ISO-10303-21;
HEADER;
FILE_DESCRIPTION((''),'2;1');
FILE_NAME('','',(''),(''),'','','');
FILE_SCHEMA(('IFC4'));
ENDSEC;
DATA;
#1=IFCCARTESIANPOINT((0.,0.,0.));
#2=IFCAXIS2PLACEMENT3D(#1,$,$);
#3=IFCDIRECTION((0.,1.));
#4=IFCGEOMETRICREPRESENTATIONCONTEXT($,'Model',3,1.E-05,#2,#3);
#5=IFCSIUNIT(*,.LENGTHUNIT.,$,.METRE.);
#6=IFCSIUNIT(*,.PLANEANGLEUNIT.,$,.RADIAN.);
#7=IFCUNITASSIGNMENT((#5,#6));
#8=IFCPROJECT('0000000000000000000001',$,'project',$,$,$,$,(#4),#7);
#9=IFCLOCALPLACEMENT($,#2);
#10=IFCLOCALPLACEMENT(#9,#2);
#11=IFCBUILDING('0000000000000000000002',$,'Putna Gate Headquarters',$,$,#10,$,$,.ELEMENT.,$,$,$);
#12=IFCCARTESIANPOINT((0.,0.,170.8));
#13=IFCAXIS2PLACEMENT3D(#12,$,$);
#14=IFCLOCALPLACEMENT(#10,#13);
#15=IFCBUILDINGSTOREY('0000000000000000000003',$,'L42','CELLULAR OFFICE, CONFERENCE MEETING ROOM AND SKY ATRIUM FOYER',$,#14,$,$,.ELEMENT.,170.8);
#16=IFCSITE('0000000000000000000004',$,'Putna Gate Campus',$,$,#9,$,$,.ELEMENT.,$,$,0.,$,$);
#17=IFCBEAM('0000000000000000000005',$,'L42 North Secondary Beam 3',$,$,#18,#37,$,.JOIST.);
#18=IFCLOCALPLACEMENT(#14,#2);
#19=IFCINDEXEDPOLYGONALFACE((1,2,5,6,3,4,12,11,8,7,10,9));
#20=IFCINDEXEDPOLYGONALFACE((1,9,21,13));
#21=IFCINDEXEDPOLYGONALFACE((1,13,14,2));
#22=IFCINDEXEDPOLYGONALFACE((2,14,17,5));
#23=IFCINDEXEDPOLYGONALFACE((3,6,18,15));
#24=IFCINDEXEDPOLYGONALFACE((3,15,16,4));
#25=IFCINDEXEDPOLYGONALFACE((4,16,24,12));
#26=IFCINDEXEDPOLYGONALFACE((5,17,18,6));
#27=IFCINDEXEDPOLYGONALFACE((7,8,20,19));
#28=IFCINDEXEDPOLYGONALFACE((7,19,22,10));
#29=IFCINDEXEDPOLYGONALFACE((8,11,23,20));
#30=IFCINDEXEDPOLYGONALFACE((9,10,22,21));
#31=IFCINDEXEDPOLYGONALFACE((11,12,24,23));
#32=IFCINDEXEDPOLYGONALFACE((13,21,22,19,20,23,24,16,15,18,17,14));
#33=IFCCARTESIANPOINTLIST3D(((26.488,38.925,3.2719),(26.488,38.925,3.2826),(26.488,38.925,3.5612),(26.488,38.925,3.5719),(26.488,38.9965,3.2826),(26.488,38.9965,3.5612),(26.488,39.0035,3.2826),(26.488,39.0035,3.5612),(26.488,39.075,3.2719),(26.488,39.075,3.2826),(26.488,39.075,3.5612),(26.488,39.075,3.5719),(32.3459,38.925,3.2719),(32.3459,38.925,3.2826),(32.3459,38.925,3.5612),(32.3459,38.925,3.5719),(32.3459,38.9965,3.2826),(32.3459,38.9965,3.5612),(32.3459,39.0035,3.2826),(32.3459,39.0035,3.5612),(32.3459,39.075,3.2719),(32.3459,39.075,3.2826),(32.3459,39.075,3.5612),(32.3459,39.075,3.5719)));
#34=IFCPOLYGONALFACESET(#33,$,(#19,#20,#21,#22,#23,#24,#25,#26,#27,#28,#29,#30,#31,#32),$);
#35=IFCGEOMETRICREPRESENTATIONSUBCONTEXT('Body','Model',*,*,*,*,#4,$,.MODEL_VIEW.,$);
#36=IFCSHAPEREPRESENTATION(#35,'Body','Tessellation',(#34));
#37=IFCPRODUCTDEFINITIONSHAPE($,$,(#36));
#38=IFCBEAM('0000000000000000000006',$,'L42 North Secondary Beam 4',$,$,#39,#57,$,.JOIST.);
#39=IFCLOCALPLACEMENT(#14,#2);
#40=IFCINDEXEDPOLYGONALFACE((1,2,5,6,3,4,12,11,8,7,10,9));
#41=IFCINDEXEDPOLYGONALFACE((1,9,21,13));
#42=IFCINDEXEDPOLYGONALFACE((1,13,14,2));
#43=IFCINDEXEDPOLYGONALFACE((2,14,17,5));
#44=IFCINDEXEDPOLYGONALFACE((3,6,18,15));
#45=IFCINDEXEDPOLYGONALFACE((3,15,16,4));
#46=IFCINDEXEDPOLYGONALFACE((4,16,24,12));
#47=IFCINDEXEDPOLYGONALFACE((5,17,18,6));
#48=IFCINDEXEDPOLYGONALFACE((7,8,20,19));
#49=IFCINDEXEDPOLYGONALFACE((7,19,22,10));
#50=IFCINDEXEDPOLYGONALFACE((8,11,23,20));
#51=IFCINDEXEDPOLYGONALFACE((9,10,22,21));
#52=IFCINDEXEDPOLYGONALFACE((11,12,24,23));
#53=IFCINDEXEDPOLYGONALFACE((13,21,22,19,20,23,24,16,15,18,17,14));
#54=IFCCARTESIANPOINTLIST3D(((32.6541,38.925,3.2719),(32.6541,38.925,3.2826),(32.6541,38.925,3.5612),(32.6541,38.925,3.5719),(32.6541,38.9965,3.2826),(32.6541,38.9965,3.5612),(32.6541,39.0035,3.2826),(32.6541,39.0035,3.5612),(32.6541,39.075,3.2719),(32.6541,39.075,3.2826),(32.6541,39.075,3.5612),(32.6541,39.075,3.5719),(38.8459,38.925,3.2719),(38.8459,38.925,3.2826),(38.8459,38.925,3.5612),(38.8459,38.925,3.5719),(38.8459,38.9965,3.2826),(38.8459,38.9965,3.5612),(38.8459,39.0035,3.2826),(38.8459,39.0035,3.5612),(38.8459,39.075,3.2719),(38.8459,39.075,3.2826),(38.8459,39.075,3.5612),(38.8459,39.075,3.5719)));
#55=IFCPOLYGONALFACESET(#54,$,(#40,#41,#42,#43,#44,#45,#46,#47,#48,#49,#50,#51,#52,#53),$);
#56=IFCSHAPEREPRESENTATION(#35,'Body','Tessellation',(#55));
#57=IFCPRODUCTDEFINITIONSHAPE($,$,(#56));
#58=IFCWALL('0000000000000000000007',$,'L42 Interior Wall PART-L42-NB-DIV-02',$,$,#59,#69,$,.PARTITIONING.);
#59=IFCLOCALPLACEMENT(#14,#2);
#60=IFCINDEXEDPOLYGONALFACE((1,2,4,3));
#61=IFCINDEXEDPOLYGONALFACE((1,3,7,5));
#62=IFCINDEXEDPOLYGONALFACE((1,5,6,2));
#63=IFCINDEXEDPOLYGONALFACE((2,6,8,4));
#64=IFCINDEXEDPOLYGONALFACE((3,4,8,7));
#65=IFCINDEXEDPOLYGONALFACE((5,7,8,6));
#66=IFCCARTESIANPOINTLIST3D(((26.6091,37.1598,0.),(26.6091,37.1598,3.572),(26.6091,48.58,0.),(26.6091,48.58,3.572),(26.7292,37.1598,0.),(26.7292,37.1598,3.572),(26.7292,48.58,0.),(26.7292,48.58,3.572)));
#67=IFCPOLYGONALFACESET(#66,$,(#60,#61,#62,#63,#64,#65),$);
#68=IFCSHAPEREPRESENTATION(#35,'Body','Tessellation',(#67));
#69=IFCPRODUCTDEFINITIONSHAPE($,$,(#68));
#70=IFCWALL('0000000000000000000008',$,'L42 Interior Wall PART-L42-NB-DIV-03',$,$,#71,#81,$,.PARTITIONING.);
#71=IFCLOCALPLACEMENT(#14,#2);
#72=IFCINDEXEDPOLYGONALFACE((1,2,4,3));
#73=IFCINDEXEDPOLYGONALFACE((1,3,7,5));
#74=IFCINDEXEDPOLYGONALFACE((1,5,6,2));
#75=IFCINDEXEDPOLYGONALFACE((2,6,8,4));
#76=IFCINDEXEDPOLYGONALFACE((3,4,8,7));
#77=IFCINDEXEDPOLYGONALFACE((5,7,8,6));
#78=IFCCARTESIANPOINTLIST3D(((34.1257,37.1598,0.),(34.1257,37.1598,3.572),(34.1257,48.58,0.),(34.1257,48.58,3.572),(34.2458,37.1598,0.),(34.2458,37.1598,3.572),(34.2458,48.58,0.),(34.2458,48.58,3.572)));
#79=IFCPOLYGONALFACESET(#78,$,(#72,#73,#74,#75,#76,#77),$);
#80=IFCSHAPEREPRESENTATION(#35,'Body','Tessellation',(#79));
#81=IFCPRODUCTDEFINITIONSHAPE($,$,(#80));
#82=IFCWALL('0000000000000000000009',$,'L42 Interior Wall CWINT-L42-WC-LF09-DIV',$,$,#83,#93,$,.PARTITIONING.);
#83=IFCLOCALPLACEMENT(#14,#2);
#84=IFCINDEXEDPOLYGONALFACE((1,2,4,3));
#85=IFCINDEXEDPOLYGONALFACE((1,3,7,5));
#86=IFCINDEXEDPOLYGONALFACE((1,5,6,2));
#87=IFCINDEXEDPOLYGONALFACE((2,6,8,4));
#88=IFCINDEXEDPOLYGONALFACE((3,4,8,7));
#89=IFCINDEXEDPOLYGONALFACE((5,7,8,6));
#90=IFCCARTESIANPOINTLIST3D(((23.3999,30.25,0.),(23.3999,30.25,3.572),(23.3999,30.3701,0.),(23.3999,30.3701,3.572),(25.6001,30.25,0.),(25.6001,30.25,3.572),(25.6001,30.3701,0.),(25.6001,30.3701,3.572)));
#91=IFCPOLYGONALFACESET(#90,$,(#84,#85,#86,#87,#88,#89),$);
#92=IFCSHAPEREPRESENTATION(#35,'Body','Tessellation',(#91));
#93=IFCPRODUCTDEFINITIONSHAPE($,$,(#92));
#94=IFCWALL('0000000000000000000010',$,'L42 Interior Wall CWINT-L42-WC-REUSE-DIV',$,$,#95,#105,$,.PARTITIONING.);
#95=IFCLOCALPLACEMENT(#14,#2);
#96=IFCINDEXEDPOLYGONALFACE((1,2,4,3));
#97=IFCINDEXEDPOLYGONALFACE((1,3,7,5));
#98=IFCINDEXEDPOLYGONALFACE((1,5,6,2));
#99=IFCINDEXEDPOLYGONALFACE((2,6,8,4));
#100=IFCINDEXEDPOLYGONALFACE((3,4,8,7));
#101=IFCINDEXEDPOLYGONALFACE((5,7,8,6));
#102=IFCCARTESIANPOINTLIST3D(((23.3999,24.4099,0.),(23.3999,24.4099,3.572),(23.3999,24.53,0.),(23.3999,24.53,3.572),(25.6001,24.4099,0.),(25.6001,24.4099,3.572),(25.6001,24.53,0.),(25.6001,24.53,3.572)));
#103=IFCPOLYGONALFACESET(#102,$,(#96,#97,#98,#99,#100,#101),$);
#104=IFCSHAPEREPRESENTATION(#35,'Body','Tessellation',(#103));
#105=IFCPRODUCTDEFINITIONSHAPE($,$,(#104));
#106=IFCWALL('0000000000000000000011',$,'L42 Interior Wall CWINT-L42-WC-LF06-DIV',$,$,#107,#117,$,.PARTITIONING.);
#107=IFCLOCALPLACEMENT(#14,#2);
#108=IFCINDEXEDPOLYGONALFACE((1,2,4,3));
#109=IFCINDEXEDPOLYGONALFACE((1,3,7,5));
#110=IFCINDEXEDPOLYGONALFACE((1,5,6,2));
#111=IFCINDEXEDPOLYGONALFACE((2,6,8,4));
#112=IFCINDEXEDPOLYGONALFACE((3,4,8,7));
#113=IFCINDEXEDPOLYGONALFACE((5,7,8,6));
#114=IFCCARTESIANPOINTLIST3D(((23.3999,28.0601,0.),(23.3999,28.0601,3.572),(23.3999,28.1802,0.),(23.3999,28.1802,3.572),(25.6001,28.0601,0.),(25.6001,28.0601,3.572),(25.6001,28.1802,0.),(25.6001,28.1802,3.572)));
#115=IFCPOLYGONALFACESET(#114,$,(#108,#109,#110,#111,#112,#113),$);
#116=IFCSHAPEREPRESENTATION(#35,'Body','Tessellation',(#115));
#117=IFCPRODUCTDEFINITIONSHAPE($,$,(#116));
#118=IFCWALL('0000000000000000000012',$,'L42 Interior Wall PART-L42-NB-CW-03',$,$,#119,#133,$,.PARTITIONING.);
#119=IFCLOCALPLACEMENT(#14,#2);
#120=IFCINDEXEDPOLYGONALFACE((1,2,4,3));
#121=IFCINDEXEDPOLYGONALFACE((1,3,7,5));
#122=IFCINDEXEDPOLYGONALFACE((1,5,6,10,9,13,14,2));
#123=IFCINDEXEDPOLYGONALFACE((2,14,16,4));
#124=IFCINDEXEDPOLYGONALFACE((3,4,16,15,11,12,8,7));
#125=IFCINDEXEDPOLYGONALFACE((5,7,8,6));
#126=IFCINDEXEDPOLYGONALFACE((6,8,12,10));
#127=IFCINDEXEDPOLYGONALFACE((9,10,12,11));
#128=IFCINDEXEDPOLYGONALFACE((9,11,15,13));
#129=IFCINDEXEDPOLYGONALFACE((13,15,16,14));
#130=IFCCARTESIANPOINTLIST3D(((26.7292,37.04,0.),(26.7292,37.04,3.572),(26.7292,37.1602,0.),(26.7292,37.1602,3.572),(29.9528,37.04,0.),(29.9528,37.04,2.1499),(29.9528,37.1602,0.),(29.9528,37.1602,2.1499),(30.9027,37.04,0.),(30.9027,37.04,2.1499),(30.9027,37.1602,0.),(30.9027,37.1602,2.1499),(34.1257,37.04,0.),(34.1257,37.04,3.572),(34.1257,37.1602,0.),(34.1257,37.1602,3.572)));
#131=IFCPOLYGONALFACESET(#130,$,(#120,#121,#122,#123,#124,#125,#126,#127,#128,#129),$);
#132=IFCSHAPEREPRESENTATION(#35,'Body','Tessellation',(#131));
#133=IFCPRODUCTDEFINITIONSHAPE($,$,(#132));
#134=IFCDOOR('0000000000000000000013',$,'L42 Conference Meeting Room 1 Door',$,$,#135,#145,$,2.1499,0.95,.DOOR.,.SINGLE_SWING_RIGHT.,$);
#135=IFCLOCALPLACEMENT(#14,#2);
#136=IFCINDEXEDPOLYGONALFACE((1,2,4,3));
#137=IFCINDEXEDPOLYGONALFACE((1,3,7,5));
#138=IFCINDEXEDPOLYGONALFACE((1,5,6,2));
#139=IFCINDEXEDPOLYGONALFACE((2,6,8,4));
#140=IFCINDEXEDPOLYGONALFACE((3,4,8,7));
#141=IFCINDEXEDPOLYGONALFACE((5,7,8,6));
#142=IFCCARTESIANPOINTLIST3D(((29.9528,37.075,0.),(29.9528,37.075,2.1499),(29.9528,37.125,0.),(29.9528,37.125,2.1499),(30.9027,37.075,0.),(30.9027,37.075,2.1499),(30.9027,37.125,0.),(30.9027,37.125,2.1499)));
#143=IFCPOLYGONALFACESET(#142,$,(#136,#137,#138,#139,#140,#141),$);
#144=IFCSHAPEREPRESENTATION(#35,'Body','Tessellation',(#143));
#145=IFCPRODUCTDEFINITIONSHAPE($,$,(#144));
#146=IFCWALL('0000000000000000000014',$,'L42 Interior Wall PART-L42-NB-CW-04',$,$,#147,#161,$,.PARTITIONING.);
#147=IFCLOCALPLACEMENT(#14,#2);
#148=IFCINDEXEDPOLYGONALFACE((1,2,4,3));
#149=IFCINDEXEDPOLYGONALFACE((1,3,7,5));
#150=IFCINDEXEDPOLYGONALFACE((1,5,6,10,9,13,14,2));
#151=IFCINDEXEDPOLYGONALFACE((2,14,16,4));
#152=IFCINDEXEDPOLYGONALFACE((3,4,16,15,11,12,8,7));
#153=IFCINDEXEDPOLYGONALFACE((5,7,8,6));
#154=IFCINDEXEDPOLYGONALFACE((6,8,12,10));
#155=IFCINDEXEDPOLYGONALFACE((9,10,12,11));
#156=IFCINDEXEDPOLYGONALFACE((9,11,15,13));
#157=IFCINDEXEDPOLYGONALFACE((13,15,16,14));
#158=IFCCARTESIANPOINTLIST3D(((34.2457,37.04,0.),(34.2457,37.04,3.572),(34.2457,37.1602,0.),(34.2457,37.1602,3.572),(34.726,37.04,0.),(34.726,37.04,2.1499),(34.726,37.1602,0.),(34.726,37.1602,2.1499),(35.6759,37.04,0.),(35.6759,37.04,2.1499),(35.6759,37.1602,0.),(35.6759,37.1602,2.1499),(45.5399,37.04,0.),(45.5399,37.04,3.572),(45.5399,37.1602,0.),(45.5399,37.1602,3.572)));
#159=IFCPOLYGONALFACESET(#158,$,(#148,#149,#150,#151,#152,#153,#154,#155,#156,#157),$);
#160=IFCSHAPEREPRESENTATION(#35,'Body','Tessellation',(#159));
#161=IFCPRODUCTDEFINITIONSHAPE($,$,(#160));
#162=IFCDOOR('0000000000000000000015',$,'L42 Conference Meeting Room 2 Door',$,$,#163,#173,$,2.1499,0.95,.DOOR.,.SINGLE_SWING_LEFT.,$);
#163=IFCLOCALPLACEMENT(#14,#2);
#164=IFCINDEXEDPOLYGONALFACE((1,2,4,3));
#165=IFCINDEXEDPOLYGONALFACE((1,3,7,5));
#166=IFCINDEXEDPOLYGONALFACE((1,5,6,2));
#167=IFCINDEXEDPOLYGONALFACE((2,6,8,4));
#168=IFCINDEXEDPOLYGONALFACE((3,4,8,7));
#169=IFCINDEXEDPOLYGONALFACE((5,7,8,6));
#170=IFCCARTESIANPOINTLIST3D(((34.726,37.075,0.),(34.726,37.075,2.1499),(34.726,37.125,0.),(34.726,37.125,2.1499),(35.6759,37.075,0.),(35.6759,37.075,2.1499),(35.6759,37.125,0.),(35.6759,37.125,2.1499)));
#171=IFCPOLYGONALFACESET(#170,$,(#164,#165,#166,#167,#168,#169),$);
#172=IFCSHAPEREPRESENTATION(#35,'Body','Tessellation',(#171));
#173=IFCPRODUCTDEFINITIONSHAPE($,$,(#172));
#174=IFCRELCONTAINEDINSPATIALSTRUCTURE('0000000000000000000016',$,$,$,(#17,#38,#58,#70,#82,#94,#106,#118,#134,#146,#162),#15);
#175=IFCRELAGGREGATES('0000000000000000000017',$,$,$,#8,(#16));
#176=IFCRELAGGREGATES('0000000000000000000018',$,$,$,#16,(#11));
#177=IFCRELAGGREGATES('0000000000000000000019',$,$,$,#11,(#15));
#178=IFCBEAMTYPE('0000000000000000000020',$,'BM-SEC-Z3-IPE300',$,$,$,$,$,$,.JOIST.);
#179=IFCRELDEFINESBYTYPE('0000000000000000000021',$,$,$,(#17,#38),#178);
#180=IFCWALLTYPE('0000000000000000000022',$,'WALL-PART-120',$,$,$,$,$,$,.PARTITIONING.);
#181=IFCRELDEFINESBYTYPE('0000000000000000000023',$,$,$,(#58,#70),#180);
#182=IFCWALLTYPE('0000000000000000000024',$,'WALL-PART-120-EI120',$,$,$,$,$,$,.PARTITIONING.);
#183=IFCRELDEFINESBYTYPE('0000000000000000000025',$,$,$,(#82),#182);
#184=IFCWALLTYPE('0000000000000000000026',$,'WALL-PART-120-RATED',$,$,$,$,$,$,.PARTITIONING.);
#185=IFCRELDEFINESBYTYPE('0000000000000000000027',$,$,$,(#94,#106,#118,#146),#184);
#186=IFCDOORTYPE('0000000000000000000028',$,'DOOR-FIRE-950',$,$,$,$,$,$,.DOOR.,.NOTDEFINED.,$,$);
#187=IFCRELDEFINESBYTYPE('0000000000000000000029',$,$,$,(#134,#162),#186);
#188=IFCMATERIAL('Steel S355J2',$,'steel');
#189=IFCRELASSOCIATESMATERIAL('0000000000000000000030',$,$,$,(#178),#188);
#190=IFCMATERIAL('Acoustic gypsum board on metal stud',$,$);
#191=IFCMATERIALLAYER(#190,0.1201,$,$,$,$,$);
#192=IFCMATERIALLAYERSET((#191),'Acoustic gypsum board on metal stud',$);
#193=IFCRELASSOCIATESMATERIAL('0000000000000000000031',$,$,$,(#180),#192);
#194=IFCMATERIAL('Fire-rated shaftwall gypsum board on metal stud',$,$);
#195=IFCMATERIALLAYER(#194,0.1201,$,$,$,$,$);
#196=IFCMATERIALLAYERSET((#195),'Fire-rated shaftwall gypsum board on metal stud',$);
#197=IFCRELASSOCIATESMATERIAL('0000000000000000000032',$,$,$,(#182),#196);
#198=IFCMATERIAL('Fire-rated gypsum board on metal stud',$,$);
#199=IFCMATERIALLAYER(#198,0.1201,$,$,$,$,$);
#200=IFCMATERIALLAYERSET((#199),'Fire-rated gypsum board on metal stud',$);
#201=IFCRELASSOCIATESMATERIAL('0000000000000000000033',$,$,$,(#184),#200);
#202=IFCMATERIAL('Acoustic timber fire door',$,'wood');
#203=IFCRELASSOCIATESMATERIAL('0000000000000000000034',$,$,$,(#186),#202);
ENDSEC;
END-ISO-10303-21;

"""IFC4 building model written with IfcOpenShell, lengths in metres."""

from ifc_helpers import new_model, si_unit, direction, frame, frame_2d, origin, origin_2d, place, context, subcontext, project, spatial, rectangle, i_section, extrude, material, layer, layer_set, material_profile, profile_set, type_object, element, fill, save


model = new_model("IFC4")

# Units and contexts
model_context = context("Model", 3, precision=1e-05, world=origin(), true_north=direction((0.0, 1.0)))
body_context = subcontext(model_context, "Body", "Model", "MODEL_VIEW")
ifc_project = project(units=[si_unit("LENGTHUNIT", "METRE"), si_unit("PLANEANGLEUNIT", "RADIAN")], contexts=[model_context])

# Site, building, storey
site_placement = place(None, origin())
site = spatial("IfcSite", under=ifc_project, at=site_placement, Name="Putna Gate Campus", CompositionType="ELEMENT", RefElevation=0.0)
building_placement = place(site_placement, origin())
building = spatial("IfcBuilding", under=site, at=building_placement, Name="Putna Gate Headquarters", CompositionType="ELEMENT")
storey_placement = place(building_placement, frame((0.0, 0.0, 170.8)))
storey = spatial("IfcBuildingStorey", under=building, at=storey_placement, Name="L42", Description="CELLULAR OFFICE, CONFERENCE MEETING ROOM AND SKY ATRIUM FOYER", CompositionType="ELEMENT", Elevation=170.8)

# Beams
ifc_material_1 = material(Name="Steel S355J2", Category="steel")
ifc_material_profile_1 = material_profile(ifc_material_1, i_section(OverallWidth=0.1499, OverallDepth=0.3, WebThickness=0.0071, FlangeThickness=0.0107, at=origin_2d()), Name="Steel S355J2")
ifc_profile_set_1 = profile_set([ifc_material_profile_1], Name="Steel S355J2")
beam_type_1 = type_object("IfcBeamType", Name="BM-SEC-Z3-IPE300", PredefinedType="JOIST", material=ifc_profile_set_1)
beam_1_placement = place(storey_placement, frame((26.488, 39.0, 3.4219), z_axis=(1.0, 0.0, 0.0), x_axis=(0.0, 1.0, 0.0)))
element("IfcBeam", 1, at=beam_1_placement, inside=storey, type_object=beam_type_1, Name="L42 North Secondary Beam 3", PredefinedType="JOIST", context=body_context, shape_type="SweptSolid", body=[
    extrude(i_section(OverallWidth=0.1499, OverallDepth=0.3, WebThickness=0.0071, FlangeThickness=0.0107, at=origin_2d()), origin(), (0.0, 0.0, 1.0), 5.8579),
])
beam_2_placement = place(storey_placement, frame((32.6541, 39.0, 3.4219), z_axis=(1.0, 0.0, 0.0), x_axis=(0.0, 1.0, 0.0)))
element("IfcBeam", 2, at=beam_2_placement, inside=storey, type_object=beam_type_1, Name="L42 North Secondary Beam 4", PredefinedType="JOIST", context=body_context, shape_type="SweptSolid", body=[
    extrude(i_section(OverallWidth=0.1499, OverallDepth=0.3, WebThickness=0.0071, FlangeThickness=0.0107, at=origin_2d()), origin(), (0.0, 0.0, 1.0), 6.1919),
])

# Walls
ifc_material_2 = material(Name="Acoustic gypsum board on metal stud")
ifc_layer_1 = layer(ifc_material_2, 0.1201)
ifc_layer_set_1 = layer_set([ifc_layer_1], Name="Acoustic gypsum board on metal stud")
wall_type_1 = type_object("IfcWallType", Name="WALL-PART-120", PredefinedType="PARTITIONING", material=ifc_layer_set_1)
for number, where, z_axis, x_axis, name in (
    (3, (26.6692, 37.1599, 0.0), (0.0, 0.0, 1.0), (0.0, 1.0, 0.0), "L42 Interior Wall PART-L42-NB-DIV-02"),
    (4, (34.1858, 37.1599, 0.0), (0.0, 0.0, 1.0), (0.0, 1.0, 0.0), "L42 Interior Wall PART-L42-NB-DIV-03"),
):
    element("IfcWall", number, at=place(storey_placement, frame(where, z_axis=z_axis, x_axis=x_axis)), inside=storey, type_object=wall_type_1, Name=name, PredefinedType="PARTITIONING", context=body_context, shape_type="SweptSolid", body=[
        extrude(rectangle(XDim=11.4202, YDim=0.1201, at=frame_2d((5.71, 0.0))), origin(), (0.0, 0.0, 1.0), 3.572),
    ])
ifc_material_3 = material(Name="Fire-rated shaftwall gypsum board on metal stud")
ifc_layer_2 = layer(ifc_material_3, 0.1201)
ifc_layer_set_2 = layer_set([ifc_layer_2], Name="Fire-rated shaftwall gypsum board on metal stud")
wall_type_2 = type_object("IfcWallType", Name="WALL-PART-120-EI120", PredefinedType="PARTITIONING", material=ifc_layer_set_2)
wall_1_placement = place(storey_placement, frame((23.3999, 30.3101, 0.0), z_axis=(0.0, 0.0, 1.0), x_axis=(1.0, 0.0, 0.0)))
element("IfcWall", 5, at=wall_1_placement, inside=storey, type_object=wall_type_2, Name="L42 Interior Wall CWINT-L42-WC-LF09-DIV", PredefinedType="PARTITIONING", context=body_context, shape_type="SweptSolid", body=[
    extrude(rectangle(XDim=2.2002, YDim=0.1201, at=frame_2d((1.1001, 0.0))), origin(), (0.0, 0.0, 1.0), 3.572),
])
ifc_material_4 = material(Name="Fire-rated gypsum board on metal stud")
ifc_layer_3 = layer(ifc_material_4, 0.1201)
ifc_layer_set_3 = layer_set([ifc_layer_3], Name="Fire-rated gypsum board on metal stud")
wall_type_3 = type_object("IfcWallType", Name="WALL-PART-120-RATED", PredefinedType="PARTITIONING", material=ifc_layer_set_3)
for number, where, z_axis, x_axis, name in (
    (6, (23.3999, 24.47, 0.0), (0.0, 0.0, 1.0), (1.0, 0.0, 0.0), "L42 Interior Wall CWINT-L42-WC-REUSE-DIV"),
    (7, (23.3999, 28.1201, 0.0), (0.0, 0.0, 1.0), (1.0, 0.0, 0.0), "L42 Interior Wall CWINT-L42-WC-LF06-DIV"),
):
    element("IfcWall", number, at=place(storey_placement, frame(where, z_axis=z_axis, x_axis=x_axis)), inside=storey, type_object=wall_type_3, Name=name, PredefinedType="PARTITIONING", context=body_context, shape_type="SweptSolid", body=[
        extrude(rectangle(XDim=2.2002, YDim=0.1201, at=frame_2d((1.1001, 0.0))), origin(), (0.0, 0.0, 1.0), 3.572),
    ])

# Walls, openings, doors
wall_2_placement = place(storey_placement, frame((26.7292, 37.1001, 0.0), z_axis=(0.0, 0.0, 1.0), x_axis=(1.0, 0.0, 0.0)))
wall_2 = element("IfcWall", 8, at=wall_2_placement, inside=storey, type_object=wall_type_3, Name="L42 Interior Wall PART-L42-NB-CW-03", PredefinedType="PARTITIONING", context=body_context, shape_type="SweptSolid", body=[
    extrude(rectangle(XDim=7.3965, YDim=0.1201, at=frame_2d((3.6982, 0.0))), origin(), (0.0, 0.0, 1.0), 3.572),
])
opening_1_placement = place(wall_2_placement, frame((3.2234, 0.0, 0.0)))
opening_1 = element("IfcOpeningElement", 9, at=opening_1_placement, cuts=wall_2, PredefinedType="OPENING", context=body_context, shape_type="SweptSolid", body=[
    extrude(rectangle(XDim=0.95, YDim=2.1499, at=frame_2d((0.4751, 1.075))), frame((0.0, 0.0701, 0.0), z_axis=(0.0, -1.0, 0.0), x_axis=(1.0, 0.0, 0.0)), (0.0, 0.0, 1.0), 0.1401),
])
ifc_material_5 = material(Name="Acoustic timber fire door", Category="wood")
door_type = type_object("IfcDoorType", Name="DOOR-FIRE-950", OperationType="NOTDEFINED", PredefinedType="DOOR", material=ifc_material_5)
door_1_placement = place(opening_1_placement, origin())
door_1 = element("IfcDoor", 10, at=door_1_placement, inside=storey, type_object=door_type, Name="L42 Conference Meeting Room 1 Door", OperationType="SINGLE_SWING_RIGHT", OverallHeight=2.1499, OverallWidth=0.95, PredefinedType="DOOR", context=body_context, shape_type="SweptSolid", body=[
    extrude(rectangle(XDim=0.95, YDim=2.1499, at=frame_2d((0.4751, 1.075))), frame((0.0, 0.0249, 0.0), z_axis=(0.0, -1.0, 0.0), x_axis=(1.0, 0.0, 0.0)), (0.0, 0.0, 1.0), 0.05),
])
fill(opening_1, door_1)
wall_3_placement = place(storey_placement, frame((34.2458, 37.1001, 0.0), z_axis=(0.0, 0.0, 1.0), x_axis=(1.0, 0.0, 0.0)))
wall_3 = element("IfcWall", 11, at=wall_3_placement, inside=storey, type_object=wall_type_3, Name="L42 Interior Wall PART-L42-NB-CW-04", PredefinedType="PARTITIONING", context=body_context, shape_type="SweptSolid", body=[
    extrude(rectangle(XDim=11.2942, YDim=0.1201, at=frame_2d((5.647, 0.0))), origin(), (0.0, 0.0, 1.0), 3.572),
])
opening_2_placement = place(wall_3_placement, frame((0.48, 0.0, 0.0)))
opening_2 = element("IfcOpeningElement", 12, at=opening_2_placement, cuts=wall_3, PredefinedType="OPENING", context=body_context, shape_type="SweptSolid", body=[
    extrude(rectangle(XDim=0.95, YDim=2.1499, at=frame_2d((0.4751, 1.075))), frame((0.0, 0.0701, 0.0), z_axis=(0.0, -1.0, 0.0), x_axis=(1.0, 0.0, 0.0)), (0.0, 0.0, 1.0), 0.1401),
])
door_2_placement = place(opening_2_placement, origin())
door_2 = element("IfcDoor", 13, at=door_2_placement, inside=storey, type_object=door_type, Name="L42 Conference Meeting Room 2 Door", OperationType="SINGLE_SWING_LEFT", OverallHeight=2.1499, OverallWidth=0.95, PredefinedType="DOOR", context=body_context, shape_type="SweptSolid", body=[
    extrude(rectangle(XDim=0.95, YDim=2.1499, at=frame_2d((0.4751, 1.075))), frame((0.0, 0.0249, 0.0), z_axis=(0.0, -1.0, 0.0), x_axis=(1.0, 0.0, 0.0)), (0.0, 0.0, 1.0), 0.05),
])
fill(opening_2, door_2)

save(model, "model.ifc")
